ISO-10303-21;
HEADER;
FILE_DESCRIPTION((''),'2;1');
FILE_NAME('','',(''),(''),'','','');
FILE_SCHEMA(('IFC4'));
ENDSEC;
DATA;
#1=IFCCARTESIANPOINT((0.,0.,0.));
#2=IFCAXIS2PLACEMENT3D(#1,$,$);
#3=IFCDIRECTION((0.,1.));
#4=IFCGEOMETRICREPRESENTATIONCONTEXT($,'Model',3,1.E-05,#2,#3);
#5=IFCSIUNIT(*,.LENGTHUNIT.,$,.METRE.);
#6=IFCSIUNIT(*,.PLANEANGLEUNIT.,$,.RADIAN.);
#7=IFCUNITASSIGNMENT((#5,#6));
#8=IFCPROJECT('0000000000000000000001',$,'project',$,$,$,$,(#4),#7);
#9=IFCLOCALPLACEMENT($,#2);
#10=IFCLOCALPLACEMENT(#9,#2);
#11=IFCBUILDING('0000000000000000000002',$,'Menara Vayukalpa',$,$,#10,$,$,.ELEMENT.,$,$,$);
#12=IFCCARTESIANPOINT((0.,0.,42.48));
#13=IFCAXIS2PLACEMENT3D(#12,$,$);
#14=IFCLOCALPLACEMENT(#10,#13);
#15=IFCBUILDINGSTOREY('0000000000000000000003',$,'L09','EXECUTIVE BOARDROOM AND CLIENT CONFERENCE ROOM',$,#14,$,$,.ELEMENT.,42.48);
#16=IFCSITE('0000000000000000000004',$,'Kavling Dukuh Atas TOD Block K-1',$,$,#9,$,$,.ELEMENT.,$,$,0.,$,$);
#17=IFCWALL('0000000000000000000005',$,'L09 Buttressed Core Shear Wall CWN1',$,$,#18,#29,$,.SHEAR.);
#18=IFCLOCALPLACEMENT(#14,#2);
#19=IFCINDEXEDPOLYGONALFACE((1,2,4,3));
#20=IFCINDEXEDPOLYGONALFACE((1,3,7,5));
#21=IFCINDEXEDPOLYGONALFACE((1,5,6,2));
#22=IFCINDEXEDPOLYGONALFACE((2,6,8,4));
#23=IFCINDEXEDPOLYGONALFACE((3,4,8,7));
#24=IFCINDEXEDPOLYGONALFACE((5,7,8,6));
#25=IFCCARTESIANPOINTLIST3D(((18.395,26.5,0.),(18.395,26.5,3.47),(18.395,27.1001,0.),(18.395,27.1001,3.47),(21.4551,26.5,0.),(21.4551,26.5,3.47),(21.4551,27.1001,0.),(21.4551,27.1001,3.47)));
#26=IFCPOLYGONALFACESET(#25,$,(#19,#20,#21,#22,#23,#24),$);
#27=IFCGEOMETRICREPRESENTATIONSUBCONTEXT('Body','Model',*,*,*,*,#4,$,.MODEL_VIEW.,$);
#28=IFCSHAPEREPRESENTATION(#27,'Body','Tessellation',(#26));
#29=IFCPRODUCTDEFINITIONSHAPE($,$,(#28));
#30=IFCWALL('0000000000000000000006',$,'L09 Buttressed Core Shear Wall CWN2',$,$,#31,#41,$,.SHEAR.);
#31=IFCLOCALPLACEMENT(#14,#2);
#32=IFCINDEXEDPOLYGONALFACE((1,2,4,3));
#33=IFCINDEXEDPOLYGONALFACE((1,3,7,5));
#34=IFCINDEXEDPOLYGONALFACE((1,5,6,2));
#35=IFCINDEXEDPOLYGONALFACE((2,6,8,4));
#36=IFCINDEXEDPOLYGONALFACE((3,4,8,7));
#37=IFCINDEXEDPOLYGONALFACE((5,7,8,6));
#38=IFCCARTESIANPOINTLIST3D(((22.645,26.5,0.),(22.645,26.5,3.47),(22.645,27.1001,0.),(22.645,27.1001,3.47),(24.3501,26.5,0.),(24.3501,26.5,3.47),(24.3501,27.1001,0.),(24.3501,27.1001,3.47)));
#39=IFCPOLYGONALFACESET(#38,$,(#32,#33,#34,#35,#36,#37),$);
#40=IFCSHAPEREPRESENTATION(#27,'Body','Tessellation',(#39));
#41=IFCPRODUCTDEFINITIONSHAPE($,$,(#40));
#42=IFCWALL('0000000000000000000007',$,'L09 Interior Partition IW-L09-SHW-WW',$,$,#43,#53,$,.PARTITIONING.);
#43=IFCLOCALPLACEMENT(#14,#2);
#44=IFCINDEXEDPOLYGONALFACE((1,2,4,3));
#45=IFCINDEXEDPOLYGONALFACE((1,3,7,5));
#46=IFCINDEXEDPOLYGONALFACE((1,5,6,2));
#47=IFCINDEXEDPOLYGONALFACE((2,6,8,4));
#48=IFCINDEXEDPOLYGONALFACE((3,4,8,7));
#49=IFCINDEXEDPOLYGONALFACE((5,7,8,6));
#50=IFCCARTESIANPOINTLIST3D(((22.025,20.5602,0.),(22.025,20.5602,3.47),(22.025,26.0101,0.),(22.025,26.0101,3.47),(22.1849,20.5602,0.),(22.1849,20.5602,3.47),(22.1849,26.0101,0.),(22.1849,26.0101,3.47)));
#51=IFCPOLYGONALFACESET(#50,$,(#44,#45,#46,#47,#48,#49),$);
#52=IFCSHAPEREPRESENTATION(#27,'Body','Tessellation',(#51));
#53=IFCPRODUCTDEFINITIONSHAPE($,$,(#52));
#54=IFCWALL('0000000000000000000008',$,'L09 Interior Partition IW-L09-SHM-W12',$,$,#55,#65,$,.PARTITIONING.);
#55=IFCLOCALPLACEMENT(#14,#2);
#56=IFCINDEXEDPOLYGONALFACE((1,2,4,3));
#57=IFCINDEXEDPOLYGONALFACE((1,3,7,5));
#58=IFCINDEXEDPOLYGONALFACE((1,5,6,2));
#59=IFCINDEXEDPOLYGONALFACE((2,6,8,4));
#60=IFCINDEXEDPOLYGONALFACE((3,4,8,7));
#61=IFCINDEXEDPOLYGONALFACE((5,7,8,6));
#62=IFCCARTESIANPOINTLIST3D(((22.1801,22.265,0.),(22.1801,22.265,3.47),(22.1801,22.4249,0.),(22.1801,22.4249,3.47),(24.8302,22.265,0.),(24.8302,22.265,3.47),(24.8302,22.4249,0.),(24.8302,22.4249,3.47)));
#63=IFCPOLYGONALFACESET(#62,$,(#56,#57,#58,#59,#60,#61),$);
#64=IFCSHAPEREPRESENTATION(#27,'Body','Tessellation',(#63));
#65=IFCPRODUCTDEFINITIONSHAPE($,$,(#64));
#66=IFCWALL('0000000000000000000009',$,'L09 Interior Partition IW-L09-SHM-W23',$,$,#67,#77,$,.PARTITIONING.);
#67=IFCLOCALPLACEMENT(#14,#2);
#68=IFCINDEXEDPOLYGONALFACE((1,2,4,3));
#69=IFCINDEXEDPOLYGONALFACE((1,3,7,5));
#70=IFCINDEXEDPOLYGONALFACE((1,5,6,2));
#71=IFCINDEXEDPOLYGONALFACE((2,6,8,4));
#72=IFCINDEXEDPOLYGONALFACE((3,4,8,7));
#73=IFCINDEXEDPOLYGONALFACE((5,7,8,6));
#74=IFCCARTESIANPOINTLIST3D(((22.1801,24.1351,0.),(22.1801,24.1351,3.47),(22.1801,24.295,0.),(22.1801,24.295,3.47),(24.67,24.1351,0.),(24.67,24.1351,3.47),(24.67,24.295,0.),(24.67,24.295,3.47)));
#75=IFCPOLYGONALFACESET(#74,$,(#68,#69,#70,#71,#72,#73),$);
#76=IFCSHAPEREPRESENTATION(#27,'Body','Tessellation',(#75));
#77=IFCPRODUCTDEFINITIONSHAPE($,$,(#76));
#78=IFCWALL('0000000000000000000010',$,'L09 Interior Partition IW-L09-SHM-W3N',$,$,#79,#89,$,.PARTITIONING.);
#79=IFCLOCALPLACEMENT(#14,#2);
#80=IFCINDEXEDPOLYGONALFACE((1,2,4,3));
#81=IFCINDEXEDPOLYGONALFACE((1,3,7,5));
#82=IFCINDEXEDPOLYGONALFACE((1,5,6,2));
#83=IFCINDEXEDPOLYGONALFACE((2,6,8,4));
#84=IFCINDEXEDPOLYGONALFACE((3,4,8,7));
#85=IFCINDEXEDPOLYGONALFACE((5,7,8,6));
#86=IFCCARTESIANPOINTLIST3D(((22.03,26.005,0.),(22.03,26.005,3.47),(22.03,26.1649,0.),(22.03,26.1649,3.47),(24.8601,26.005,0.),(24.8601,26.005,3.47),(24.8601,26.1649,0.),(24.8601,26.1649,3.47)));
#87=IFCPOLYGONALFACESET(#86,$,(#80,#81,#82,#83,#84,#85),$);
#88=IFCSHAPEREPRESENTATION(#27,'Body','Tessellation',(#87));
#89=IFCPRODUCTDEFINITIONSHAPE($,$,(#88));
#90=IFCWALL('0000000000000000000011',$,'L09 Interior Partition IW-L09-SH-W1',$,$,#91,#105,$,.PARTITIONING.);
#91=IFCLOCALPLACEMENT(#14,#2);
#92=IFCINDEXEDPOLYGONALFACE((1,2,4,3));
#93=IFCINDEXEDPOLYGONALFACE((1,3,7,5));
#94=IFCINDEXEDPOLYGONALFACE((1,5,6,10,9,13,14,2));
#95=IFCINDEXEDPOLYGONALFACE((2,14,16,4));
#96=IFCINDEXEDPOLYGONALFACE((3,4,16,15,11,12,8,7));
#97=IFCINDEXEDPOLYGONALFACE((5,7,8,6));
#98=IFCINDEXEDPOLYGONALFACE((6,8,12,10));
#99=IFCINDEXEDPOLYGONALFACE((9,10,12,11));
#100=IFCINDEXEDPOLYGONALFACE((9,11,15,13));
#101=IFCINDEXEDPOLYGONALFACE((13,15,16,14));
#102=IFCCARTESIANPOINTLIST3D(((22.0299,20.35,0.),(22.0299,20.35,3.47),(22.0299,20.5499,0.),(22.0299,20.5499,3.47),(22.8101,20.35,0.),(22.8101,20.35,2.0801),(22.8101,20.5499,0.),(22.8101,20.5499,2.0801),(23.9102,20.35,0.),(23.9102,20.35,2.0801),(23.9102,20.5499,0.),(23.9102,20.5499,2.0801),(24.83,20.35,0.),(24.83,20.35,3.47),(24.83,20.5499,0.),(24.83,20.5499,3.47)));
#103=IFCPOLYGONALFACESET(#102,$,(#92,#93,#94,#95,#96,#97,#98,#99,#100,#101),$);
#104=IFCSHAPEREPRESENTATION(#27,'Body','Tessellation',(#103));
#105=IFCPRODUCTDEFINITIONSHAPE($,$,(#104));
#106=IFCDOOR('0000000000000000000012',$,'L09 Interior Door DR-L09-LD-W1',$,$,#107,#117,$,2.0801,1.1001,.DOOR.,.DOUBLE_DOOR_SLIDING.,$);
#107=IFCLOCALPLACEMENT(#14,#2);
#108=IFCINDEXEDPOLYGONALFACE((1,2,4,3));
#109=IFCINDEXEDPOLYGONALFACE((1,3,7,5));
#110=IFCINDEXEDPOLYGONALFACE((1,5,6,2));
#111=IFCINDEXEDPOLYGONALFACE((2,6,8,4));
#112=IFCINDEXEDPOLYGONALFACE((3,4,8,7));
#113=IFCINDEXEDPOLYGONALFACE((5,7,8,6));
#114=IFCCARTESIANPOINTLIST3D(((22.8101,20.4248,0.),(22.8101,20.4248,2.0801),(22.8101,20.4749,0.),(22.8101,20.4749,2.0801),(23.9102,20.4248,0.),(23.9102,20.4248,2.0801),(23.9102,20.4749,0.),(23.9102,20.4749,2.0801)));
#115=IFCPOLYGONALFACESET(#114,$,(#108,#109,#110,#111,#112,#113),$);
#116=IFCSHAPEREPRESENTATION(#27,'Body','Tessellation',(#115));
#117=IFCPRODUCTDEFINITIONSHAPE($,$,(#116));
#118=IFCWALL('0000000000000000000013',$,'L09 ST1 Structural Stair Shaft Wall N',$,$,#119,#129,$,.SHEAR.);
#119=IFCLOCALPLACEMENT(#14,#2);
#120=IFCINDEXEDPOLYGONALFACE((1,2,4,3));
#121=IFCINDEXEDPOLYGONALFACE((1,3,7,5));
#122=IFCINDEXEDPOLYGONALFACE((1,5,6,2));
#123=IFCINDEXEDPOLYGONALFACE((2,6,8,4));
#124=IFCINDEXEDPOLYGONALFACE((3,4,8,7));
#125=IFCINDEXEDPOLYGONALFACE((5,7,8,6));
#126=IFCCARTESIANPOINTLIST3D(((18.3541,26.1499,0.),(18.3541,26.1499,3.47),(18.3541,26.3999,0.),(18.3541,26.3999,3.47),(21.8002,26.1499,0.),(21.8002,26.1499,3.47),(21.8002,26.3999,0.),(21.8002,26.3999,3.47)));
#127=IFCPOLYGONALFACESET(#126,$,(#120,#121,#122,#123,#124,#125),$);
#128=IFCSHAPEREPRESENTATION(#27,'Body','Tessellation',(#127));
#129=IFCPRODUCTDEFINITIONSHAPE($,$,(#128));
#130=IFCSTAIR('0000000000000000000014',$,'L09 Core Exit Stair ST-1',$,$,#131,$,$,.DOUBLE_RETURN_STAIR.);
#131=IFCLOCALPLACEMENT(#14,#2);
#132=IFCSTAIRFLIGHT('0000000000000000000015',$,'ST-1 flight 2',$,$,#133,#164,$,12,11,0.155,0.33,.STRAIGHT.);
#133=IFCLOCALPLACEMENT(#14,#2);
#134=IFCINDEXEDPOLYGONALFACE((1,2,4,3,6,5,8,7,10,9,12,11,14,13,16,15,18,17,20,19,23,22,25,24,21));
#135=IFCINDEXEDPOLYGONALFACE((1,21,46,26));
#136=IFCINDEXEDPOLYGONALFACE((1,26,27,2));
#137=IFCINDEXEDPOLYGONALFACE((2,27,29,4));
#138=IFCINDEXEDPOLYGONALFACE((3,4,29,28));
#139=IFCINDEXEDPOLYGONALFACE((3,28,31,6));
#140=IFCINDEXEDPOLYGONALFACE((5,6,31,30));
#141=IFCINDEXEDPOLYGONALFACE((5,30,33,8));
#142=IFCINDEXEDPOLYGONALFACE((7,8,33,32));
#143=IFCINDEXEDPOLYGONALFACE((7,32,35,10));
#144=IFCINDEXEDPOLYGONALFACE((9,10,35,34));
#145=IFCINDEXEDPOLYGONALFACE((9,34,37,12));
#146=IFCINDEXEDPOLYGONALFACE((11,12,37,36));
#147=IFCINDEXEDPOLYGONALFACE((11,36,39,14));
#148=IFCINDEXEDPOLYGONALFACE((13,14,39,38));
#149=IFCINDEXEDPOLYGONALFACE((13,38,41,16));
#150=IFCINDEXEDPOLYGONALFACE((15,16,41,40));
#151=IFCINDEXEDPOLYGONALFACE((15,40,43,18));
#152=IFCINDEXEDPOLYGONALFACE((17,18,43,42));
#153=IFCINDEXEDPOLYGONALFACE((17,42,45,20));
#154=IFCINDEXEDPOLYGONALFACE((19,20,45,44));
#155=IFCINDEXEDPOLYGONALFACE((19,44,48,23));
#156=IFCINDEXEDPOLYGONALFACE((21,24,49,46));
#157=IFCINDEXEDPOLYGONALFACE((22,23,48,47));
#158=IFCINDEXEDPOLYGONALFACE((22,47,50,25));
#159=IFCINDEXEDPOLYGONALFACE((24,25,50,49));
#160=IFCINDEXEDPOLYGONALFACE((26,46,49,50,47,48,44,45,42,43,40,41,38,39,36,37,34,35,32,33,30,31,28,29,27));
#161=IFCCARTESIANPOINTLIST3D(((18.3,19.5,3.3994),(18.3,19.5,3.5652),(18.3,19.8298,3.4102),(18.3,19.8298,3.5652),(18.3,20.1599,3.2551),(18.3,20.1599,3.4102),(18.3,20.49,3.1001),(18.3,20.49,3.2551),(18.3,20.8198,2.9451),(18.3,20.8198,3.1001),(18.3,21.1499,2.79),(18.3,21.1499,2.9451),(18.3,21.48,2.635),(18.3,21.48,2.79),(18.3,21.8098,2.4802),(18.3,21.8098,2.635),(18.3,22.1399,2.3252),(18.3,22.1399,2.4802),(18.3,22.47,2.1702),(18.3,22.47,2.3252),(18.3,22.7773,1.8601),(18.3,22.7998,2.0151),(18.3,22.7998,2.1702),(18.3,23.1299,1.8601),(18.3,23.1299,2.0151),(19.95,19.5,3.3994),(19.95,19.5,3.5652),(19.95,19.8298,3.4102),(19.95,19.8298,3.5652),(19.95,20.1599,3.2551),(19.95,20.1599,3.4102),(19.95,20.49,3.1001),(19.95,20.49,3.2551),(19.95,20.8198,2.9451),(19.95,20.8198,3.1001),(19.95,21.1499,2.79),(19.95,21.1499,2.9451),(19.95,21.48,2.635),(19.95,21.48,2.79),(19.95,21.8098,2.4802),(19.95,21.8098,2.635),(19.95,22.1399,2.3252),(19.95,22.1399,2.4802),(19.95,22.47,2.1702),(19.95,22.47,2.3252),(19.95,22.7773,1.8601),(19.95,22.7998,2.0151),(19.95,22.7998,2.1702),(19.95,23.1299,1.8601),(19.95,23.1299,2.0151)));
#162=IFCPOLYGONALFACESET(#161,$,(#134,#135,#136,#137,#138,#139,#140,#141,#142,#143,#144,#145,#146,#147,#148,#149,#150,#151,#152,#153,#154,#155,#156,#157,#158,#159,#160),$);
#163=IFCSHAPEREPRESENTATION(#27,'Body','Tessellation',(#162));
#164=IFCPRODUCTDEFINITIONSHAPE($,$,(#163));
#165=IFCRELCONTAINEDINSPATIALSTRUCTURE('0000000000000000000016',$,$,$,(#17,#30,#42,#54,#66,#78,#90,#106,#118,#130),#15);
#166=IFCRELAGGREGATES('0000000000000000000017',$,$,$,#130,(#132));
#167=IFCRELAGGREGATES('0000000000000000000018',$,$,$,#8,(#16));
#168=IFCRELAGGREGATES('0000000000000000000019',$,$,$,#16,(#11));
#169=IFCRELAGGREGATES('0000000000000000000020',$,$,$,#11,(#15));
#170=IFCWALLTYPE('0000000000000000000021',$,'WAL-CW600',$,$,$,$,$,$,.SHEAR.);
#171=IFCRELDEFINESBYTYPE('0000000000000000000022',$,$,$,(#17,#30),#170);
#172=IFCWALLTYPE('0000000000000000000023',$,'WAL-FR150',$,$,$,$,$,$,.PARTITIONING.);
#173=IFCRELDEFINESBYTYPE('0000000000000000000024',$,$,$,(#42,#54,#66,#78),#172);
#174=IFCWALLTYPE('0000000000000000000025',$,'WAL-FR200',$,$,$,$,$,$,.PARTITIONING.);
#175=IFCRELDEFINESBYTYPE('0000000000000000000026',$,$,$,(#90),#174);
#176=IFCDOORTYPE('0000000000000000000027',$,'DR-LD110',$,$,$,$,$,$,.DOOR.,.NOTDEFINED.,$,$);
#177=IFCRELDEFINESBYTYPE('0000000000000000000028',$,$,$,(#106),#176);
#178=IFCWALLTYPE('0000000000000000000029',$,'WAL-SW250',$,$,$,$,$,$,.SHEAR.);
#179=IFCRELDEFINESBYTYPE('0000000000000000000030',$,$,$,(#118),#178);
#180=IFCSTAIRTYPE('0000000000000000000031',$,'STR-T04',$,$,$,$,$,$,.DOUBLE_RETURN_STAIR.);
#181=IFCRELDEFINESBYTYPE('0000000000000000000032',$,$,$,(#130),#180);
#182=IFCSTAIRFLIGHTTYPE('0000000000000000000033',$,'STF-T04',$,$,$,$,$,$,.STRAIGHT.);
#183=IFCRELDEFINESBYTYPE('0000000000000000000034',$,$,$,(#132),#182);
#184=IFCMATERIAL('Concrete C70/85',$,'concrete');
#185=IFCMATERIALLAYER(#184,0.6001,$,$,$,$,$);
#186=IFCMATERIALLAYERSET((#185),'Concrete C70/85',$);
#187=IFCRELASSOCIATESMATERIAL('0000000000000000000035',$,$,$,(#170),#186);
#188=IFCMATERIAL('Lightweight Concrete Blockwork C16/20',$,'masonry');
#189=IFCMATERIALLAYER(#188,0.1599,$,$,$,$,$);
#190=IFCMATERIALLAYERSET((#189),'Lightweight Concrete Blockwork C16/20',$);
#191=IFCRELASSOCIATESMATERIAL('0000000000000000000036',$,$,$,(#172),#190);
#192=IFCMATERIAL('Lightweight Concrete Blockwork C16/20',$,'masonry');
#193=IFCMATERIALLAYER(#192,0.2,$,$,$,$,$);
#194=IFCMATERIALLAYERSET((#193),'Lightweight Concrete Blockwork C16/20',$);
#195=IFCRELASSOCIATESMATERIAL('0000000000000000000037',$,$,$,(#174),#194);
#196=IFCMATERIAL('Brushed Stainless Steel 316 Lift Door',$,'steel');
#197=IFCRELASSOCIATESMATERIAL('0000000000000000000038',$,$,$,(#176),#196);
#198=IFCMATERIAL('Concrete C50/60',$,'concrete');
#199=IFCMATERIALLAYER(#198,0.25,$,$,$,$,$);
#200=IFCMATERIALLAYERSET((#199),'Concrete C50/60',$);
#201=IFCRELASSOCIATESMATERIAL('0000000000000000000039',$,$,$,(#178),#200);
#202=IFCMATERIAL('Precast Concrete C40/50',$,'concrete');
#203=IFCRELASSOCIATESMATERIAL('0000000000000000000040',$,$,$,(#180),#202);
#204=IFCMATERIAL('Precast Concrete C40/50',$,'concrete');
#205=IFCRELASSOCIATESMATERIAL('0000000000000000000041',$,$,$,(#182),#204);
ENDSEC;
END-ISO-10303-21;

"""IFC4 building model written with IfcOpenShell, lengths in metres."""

from ifc_helpers import new_model, si_unit, direction, frame, frame_2d, origin, place, context, subcontext, project, spatial, polyline, rectangle, outline, extrude, material, layer, layer_set, type_object, element, fill, aggregate, save


model = new_model("IFC4")

# Units and contexts
model_context = context("Model", 3, precision=1e-05, world=origin(), true_north=direction((0.0, 1.0)))
body_context = subcontext(model_context, "Body", "Model", "MODEL_VIEW")
ifc_project = project(units=[si_unit("LENGTHUNIT", "METRE"), si_unit("PLANEANGLEUNIT", "RADIAN")], contexts=[model_context])

# Site, building, storey
site_placement = place(None, origin())
site = spatial("IfcSite", under=ifc_project, at=site_placement, Name="Kavling Dukuh Atas TOD Block K-1", CompositionType="ELEMENT", RefElevation=0.0)
building_placement = place(site_placement, origin())
building = spatial("IfcBuilding", under=site, at=building_placement, Name="Menara Vayukalpa", CompositionType="ELEMENT")
storey_placement = place(building_placement, frame((0.0, 0.0, 42.48)))
storey = spatial("IfcBuildingStorey", under=building, at=storey_placement, Name="L09", Description="EXECUTIVE BOARDROOM AND CLIENT CONFERENCE ROOM", CompositionType="ELEMENT", Elevation=42.48)

# Walls
ifc_material_1 = material(Name="Concrete C70/85", Category="concrete")
ifc_layer_1 = layer(ifc_material_1, 0.6001)
ifc_layer_set_1 = layer_set([ifc_layer_1], Name="Concrete C70/85")
wall_type_1 = type_object("IfcWallType", Name="WAL-CW600", PredefinedType="SHEAR", material=ifc_layer_set_1)
wall_1_placement = place(storey_placement, frame((18.395, 26.8, 0.0), z_axis=(0.0, 0.0, 1.0), x_axis=(1.0, 0.0, 0.0)))
element("IfcWall", 1, at=wall_1_placement, inside=storey, type_object=wall_type_1, Name="L09 Buttressed Core Shear Wall CWN1", PredefinedType="SHEAR", context=body_context, shape_type="SweptSolid", body=[
    extrude(rectangle(XDim=3.0601, YDim=0.6001, at=frame_2d((1.53, 0.0))), origin(), (0.0, 0.0, 1.0), 3.47),
])
wall_2_placement = place(storey_placement, frame((22.645, 26.8, 0.0), z_axis=(0.0, 0.0, 1.0), x_axis=(1.0, 0.0, 0.0)))
element("IfcWall", 2, at=wall_2_placement, inside=storey, type_object=wall_type_1, Name="L09 Buttressed Core Shear Wall CWN2", PredefinedType="SHEAR", context=body_context, shape_type="SweptSolid", body=[
    extrude(rectangle(XDim=1.7051, YDim=0.6001, at=frame_2d((0.8525, 0.0))), origin(), (0.0, 0.0, 1.0), 3.47),
])
ifc_material_2 = material(Name="Lightweight Concrete Blockwork C16/20", Category="masonry")
ifc_layer_2 = layer(ifc_material_2, 0.1599)
ifc_layer_set_2 = layer_set([ifc_layer_2], Name="Lightweight Concrete Blockwork C16/20")
wall_type_2 = type_object("IfcWallType", Name="WAL-FR150", PredefinedType="PARTITIONING", material=ifc_layer_set_2)
wall_3_placement = place(storey_placement, frame((22.105, 20.5601, 0.0), z_axis=(0.0, 0.0, 1.0), x_axis=(0.0, 1.0, 0.0)))
element("IfcWall", 3, at=wall_3_placement, inside=storey, type_object=wall_type_2, Name="L09 Interior Partition IW-L09-SHW-WW", PredefinedType="PARTITIONING", context=body_context, shape_type="SweptSolid", body=[
    extrude(rectangle(XDim=5.45, YDim=0.1599, at=frame_2d((2.7251, 0.0))), origin(), (0.0, 0.0, 1.0), 3.47),
])
wall_4_placement = place(storey_placement, frame((22.1799, 22.345, 0.0), z_axis=(0.0, 0.0, 1.0), x_axis=(1.0, 0.0, 0.0)))
element("IfcWall", 4, at=wall_4_placement, inside=storey, type_object=wall_type_2, Name="L09 Interior Partition IW-L09-SHM-W12", PredefinedType="PARTITIONING", context=body_context, shape_type="SweptSolid", body=[
    extrude(rectangle(XDim=2.6501, YDim=0.1599, at=frame_2d((1.3252, 0.0))), origin(), (0.0, 0.0, 1.0), 3.47),
])
wall_5_placement = place(storey_placement, frame((22.1799, 24.2151, 0.0), z_axis=(0.0, 0.0, 1.0), x_axis=(1.0, 0.0, 0.0)))
element("IfcWall", 5, at=wall_5_placement, inside=storey, type_object=wall_type_2, Name="L09 Interior Partition IW-L09-SHM-W23", PredefinedType="PARTITIONING", context=body_context, shape_type="SweptSolid", body=[
    extrude(rectangle(XDim=2.49, YDim=0.1599, at=frame_2d((1.2451, 0.0))), origin(), (0.0, 0.0, 1.0), 3.47),
])
wall_6_placement = place(storey_placement, frame((22.03, 26.085, 0.0), z_axis=(0.0, 0.0, 1.0), x_axis=(1.0, 0.0, 0.0)))
element("IfcWall", 6, at=wall_6_placement, inside=storey, type_object=wall_type_2, Name="L09 Interior Partition IW-L09-SHM-W3N", PredefinedType="PARTITIONING", context=body_context, shape_type="SweptSolid", body=[
    extrude(rectangle(XDim=2.8301, YDim=0.1599, at=frame_2d((1.415, 0.0))), origin(), (0.0, 0.0, 1.0), 3.47),
])

# Wall, opening, door
ifc_material_3 = material(Name="Lightweight Concrete Blockwork C16/20", Category="masonry")
ifc_layer_3 = layer(ifc_material_3, 0.2)
ifc_layer_set_3 = layer_set([ifc_layer_3], Name="Lightweight Concrete Blockwork C16/20")
wall_type_3 = type_object("IfcWallType", Name="WAL-FR200", PredefinedType="PARTITIONING", material=ifc_layer_set_3)
wall_7_placement = place(storey_placement, frame((22.03, 20.45, 0.0), z_axis=(0.0, 0.0, 1.0), x_axis=(1.0, 0.0, 0.0)))
wall_7 = element("IfcWall", 7, at=wall_7_placement, inside=storey, type_object=wall_type_3, Name="L09 Interior Partition IW-L09-SH-W1", PredefinedType="PARTITIONING", context=body_context, shape_type="SweptSolid", body=[
    extrude(rectangle(XDim=2.8, YDim=0.2, at=frame_2d((1.3999, 0.0))), origin(), (0.0, 0.0, 1.0), 3.47),
])
opening_placement = place(wall_7_placement, frame((0.78, 0.0, 0.0)))
opening = element("IfcOpeningElement", 8, at=opening_placement, cuts=wall_7, PredefinedType="OPENING", context=body_context, shape_type="SweptSolid", body=[
    extrude(rectangle(XDim=1.1001, YDim=2.0801, at=frame_2d((0.55, 1.04))), frame((0.0, 0.1099, 0.0), z_axis=(0.0, -1.0, 0.0), x_axis=(1.0, 0.0, 0.0)), (0.0, 0.0, 1.0), 0.22),
])
ifc_material_4 = material(Name="Brushed Stainless Steel 316 Lift Door", Category="steel")
door_type = type_object("IfcDoorType", Name="DR-LD110", OperationType="NOTDEFINED", PredefinedType="DOOR", material=ifc_material_4)
door_placement = place(opening_placement, origin())
door = element("IfcDoor", 9, at=door_placement, inside=storey, type_object=door_type, Name="L09 Interior Door DR-L09-LD-W1", OperationType="DOUBLE_DOOR_SLIDING", OverallHeight=2.0801, OverallWidth=1.1001, PredefinedType="DOOR", context=body_context, shape_type="SweptSolid", body=[
    extrude(rectangle(XDim=1.1001, YDim=2.0801, at=frame_2d((0.55, 1.04))), frame((0.0, 0.0249, 0.0), z_axis=(0.0, -1.0, 0.0), x_axis=(1.0, 0.0, 0.0)), (0.0, 0.0, 1.0), 0.05),
])
fill(opening, door)

# Wall
ifc_material_5 = material(Name="Concrete C50/60", Category="concrete")
ifc_layer_4 = layer(ifc_material_5, 0.25)
ifc_layer_set_4 = layer_set([ifc_layer_4], Name="Concrete C50/60")
wall_type_4 = type_object("IfcWallType", Name="WAL-SW250", PredefinedType="SHEAR", material=ifc_layer_set_4)
wall_8_placement = place(storey_placement, frame((18.354, 26.2749, 0.0), z_axis=(0.0, 0.0, 1.0), x_axis=(1.0, 0.0, 0.0)))
element("IfcWall", 10, at=wall_8_placement, inside=storey, type_object=wall_type_4, Name="L09 ST1 Structural Stair Shaft Wall N", PredefinedType="SHEAR", context=body_context, shape_type="SweptSolid", body=[
    extrude(rectangle(XDim=3.446, YDim=0.25, at=frame_2d((1.7231, 0.0))), origin(), (0.0, 0.0, 1.0), 3.47),
])

# Stair, stair flight
ifc_material_6 = material(Name="Precast Concrete C40/50", Category="concrete")
stair_type = type_object("IfcStairType", Name="STR-T04", PredefinedType="DOUBLE_RETURN_STAIR", material=ifc_material_6)
stair_placement = place(storey_placement, origin())
stair = element("IfcStair", 11, at=stair_placement, inside=storey, type_object=stair_type, Name="L09 Core Exit Stair ST-1", PredefinedType="DOUBLE_RETURN_STAIR")
ifc_material_7 = material(Name="Precast Concrete C40/50", Category="concrete")
stair_flight_type = type_object("IfcStairFlightType", Name="STF-T04", PredefinedType="STRAIGHT", material=ifc_material_7)
stair_flight_placement = place(storey_placement, frame((19.125, 23.1299, 1.8601), z_axis=(0.0, 0.0, 1.0), x_axis=(0.0, -1.0, 0.0)))
stair_flight = element("IfcStairFlight", 12, at=stair_flight_placement, type_object=stair_flight_type, Name="ST-1 flight 2", NumberOfRisers=12, NumberOfTreads=11, PredefinedType="STRAIGHT", RiserHeight=0.155, TreadLength=0.33, context=body_context, shape_type="SweptSolid", body=[
    extrude(outline(polyline([(0.0, 0.0), (0.0, 0.155), (0.3301, 0.155), (0.3301, 0.3101), (0.6599, 0.3101), (0.6599, 0.4651), (0.99, 0.4651), (0.99, 0.6201), (1.3201, 0.6201), (1.3201, 0.7749), (1.6499, 0.7749), (1.6499, 0.9299), (1.98, 0.9299), (1.98, 1.085), (2.3101, 1.085), (2.3101, 1.24), (2.6399, 1.24), (2.6399, 1.395), (2.97, 1.395), (2.97, 1.55), (3.3, 1.55), (3.3, 1.7051), (3.6299, 1.7051), (3.6299, 1.8601), (3.6299, 1.5393), (0.3525, 0.0), (0.0, 0.0)])), frame((0.0, 0.825, 0.0), z_axis=(0.0, -1.0, 0.0), x_axis=(1.0, 0.0, 0.0)), (0.0, 0.0, 1.0), 1.6499),
])
aggregate(stair, [stair_flight])

save(model, "model.ifc")
